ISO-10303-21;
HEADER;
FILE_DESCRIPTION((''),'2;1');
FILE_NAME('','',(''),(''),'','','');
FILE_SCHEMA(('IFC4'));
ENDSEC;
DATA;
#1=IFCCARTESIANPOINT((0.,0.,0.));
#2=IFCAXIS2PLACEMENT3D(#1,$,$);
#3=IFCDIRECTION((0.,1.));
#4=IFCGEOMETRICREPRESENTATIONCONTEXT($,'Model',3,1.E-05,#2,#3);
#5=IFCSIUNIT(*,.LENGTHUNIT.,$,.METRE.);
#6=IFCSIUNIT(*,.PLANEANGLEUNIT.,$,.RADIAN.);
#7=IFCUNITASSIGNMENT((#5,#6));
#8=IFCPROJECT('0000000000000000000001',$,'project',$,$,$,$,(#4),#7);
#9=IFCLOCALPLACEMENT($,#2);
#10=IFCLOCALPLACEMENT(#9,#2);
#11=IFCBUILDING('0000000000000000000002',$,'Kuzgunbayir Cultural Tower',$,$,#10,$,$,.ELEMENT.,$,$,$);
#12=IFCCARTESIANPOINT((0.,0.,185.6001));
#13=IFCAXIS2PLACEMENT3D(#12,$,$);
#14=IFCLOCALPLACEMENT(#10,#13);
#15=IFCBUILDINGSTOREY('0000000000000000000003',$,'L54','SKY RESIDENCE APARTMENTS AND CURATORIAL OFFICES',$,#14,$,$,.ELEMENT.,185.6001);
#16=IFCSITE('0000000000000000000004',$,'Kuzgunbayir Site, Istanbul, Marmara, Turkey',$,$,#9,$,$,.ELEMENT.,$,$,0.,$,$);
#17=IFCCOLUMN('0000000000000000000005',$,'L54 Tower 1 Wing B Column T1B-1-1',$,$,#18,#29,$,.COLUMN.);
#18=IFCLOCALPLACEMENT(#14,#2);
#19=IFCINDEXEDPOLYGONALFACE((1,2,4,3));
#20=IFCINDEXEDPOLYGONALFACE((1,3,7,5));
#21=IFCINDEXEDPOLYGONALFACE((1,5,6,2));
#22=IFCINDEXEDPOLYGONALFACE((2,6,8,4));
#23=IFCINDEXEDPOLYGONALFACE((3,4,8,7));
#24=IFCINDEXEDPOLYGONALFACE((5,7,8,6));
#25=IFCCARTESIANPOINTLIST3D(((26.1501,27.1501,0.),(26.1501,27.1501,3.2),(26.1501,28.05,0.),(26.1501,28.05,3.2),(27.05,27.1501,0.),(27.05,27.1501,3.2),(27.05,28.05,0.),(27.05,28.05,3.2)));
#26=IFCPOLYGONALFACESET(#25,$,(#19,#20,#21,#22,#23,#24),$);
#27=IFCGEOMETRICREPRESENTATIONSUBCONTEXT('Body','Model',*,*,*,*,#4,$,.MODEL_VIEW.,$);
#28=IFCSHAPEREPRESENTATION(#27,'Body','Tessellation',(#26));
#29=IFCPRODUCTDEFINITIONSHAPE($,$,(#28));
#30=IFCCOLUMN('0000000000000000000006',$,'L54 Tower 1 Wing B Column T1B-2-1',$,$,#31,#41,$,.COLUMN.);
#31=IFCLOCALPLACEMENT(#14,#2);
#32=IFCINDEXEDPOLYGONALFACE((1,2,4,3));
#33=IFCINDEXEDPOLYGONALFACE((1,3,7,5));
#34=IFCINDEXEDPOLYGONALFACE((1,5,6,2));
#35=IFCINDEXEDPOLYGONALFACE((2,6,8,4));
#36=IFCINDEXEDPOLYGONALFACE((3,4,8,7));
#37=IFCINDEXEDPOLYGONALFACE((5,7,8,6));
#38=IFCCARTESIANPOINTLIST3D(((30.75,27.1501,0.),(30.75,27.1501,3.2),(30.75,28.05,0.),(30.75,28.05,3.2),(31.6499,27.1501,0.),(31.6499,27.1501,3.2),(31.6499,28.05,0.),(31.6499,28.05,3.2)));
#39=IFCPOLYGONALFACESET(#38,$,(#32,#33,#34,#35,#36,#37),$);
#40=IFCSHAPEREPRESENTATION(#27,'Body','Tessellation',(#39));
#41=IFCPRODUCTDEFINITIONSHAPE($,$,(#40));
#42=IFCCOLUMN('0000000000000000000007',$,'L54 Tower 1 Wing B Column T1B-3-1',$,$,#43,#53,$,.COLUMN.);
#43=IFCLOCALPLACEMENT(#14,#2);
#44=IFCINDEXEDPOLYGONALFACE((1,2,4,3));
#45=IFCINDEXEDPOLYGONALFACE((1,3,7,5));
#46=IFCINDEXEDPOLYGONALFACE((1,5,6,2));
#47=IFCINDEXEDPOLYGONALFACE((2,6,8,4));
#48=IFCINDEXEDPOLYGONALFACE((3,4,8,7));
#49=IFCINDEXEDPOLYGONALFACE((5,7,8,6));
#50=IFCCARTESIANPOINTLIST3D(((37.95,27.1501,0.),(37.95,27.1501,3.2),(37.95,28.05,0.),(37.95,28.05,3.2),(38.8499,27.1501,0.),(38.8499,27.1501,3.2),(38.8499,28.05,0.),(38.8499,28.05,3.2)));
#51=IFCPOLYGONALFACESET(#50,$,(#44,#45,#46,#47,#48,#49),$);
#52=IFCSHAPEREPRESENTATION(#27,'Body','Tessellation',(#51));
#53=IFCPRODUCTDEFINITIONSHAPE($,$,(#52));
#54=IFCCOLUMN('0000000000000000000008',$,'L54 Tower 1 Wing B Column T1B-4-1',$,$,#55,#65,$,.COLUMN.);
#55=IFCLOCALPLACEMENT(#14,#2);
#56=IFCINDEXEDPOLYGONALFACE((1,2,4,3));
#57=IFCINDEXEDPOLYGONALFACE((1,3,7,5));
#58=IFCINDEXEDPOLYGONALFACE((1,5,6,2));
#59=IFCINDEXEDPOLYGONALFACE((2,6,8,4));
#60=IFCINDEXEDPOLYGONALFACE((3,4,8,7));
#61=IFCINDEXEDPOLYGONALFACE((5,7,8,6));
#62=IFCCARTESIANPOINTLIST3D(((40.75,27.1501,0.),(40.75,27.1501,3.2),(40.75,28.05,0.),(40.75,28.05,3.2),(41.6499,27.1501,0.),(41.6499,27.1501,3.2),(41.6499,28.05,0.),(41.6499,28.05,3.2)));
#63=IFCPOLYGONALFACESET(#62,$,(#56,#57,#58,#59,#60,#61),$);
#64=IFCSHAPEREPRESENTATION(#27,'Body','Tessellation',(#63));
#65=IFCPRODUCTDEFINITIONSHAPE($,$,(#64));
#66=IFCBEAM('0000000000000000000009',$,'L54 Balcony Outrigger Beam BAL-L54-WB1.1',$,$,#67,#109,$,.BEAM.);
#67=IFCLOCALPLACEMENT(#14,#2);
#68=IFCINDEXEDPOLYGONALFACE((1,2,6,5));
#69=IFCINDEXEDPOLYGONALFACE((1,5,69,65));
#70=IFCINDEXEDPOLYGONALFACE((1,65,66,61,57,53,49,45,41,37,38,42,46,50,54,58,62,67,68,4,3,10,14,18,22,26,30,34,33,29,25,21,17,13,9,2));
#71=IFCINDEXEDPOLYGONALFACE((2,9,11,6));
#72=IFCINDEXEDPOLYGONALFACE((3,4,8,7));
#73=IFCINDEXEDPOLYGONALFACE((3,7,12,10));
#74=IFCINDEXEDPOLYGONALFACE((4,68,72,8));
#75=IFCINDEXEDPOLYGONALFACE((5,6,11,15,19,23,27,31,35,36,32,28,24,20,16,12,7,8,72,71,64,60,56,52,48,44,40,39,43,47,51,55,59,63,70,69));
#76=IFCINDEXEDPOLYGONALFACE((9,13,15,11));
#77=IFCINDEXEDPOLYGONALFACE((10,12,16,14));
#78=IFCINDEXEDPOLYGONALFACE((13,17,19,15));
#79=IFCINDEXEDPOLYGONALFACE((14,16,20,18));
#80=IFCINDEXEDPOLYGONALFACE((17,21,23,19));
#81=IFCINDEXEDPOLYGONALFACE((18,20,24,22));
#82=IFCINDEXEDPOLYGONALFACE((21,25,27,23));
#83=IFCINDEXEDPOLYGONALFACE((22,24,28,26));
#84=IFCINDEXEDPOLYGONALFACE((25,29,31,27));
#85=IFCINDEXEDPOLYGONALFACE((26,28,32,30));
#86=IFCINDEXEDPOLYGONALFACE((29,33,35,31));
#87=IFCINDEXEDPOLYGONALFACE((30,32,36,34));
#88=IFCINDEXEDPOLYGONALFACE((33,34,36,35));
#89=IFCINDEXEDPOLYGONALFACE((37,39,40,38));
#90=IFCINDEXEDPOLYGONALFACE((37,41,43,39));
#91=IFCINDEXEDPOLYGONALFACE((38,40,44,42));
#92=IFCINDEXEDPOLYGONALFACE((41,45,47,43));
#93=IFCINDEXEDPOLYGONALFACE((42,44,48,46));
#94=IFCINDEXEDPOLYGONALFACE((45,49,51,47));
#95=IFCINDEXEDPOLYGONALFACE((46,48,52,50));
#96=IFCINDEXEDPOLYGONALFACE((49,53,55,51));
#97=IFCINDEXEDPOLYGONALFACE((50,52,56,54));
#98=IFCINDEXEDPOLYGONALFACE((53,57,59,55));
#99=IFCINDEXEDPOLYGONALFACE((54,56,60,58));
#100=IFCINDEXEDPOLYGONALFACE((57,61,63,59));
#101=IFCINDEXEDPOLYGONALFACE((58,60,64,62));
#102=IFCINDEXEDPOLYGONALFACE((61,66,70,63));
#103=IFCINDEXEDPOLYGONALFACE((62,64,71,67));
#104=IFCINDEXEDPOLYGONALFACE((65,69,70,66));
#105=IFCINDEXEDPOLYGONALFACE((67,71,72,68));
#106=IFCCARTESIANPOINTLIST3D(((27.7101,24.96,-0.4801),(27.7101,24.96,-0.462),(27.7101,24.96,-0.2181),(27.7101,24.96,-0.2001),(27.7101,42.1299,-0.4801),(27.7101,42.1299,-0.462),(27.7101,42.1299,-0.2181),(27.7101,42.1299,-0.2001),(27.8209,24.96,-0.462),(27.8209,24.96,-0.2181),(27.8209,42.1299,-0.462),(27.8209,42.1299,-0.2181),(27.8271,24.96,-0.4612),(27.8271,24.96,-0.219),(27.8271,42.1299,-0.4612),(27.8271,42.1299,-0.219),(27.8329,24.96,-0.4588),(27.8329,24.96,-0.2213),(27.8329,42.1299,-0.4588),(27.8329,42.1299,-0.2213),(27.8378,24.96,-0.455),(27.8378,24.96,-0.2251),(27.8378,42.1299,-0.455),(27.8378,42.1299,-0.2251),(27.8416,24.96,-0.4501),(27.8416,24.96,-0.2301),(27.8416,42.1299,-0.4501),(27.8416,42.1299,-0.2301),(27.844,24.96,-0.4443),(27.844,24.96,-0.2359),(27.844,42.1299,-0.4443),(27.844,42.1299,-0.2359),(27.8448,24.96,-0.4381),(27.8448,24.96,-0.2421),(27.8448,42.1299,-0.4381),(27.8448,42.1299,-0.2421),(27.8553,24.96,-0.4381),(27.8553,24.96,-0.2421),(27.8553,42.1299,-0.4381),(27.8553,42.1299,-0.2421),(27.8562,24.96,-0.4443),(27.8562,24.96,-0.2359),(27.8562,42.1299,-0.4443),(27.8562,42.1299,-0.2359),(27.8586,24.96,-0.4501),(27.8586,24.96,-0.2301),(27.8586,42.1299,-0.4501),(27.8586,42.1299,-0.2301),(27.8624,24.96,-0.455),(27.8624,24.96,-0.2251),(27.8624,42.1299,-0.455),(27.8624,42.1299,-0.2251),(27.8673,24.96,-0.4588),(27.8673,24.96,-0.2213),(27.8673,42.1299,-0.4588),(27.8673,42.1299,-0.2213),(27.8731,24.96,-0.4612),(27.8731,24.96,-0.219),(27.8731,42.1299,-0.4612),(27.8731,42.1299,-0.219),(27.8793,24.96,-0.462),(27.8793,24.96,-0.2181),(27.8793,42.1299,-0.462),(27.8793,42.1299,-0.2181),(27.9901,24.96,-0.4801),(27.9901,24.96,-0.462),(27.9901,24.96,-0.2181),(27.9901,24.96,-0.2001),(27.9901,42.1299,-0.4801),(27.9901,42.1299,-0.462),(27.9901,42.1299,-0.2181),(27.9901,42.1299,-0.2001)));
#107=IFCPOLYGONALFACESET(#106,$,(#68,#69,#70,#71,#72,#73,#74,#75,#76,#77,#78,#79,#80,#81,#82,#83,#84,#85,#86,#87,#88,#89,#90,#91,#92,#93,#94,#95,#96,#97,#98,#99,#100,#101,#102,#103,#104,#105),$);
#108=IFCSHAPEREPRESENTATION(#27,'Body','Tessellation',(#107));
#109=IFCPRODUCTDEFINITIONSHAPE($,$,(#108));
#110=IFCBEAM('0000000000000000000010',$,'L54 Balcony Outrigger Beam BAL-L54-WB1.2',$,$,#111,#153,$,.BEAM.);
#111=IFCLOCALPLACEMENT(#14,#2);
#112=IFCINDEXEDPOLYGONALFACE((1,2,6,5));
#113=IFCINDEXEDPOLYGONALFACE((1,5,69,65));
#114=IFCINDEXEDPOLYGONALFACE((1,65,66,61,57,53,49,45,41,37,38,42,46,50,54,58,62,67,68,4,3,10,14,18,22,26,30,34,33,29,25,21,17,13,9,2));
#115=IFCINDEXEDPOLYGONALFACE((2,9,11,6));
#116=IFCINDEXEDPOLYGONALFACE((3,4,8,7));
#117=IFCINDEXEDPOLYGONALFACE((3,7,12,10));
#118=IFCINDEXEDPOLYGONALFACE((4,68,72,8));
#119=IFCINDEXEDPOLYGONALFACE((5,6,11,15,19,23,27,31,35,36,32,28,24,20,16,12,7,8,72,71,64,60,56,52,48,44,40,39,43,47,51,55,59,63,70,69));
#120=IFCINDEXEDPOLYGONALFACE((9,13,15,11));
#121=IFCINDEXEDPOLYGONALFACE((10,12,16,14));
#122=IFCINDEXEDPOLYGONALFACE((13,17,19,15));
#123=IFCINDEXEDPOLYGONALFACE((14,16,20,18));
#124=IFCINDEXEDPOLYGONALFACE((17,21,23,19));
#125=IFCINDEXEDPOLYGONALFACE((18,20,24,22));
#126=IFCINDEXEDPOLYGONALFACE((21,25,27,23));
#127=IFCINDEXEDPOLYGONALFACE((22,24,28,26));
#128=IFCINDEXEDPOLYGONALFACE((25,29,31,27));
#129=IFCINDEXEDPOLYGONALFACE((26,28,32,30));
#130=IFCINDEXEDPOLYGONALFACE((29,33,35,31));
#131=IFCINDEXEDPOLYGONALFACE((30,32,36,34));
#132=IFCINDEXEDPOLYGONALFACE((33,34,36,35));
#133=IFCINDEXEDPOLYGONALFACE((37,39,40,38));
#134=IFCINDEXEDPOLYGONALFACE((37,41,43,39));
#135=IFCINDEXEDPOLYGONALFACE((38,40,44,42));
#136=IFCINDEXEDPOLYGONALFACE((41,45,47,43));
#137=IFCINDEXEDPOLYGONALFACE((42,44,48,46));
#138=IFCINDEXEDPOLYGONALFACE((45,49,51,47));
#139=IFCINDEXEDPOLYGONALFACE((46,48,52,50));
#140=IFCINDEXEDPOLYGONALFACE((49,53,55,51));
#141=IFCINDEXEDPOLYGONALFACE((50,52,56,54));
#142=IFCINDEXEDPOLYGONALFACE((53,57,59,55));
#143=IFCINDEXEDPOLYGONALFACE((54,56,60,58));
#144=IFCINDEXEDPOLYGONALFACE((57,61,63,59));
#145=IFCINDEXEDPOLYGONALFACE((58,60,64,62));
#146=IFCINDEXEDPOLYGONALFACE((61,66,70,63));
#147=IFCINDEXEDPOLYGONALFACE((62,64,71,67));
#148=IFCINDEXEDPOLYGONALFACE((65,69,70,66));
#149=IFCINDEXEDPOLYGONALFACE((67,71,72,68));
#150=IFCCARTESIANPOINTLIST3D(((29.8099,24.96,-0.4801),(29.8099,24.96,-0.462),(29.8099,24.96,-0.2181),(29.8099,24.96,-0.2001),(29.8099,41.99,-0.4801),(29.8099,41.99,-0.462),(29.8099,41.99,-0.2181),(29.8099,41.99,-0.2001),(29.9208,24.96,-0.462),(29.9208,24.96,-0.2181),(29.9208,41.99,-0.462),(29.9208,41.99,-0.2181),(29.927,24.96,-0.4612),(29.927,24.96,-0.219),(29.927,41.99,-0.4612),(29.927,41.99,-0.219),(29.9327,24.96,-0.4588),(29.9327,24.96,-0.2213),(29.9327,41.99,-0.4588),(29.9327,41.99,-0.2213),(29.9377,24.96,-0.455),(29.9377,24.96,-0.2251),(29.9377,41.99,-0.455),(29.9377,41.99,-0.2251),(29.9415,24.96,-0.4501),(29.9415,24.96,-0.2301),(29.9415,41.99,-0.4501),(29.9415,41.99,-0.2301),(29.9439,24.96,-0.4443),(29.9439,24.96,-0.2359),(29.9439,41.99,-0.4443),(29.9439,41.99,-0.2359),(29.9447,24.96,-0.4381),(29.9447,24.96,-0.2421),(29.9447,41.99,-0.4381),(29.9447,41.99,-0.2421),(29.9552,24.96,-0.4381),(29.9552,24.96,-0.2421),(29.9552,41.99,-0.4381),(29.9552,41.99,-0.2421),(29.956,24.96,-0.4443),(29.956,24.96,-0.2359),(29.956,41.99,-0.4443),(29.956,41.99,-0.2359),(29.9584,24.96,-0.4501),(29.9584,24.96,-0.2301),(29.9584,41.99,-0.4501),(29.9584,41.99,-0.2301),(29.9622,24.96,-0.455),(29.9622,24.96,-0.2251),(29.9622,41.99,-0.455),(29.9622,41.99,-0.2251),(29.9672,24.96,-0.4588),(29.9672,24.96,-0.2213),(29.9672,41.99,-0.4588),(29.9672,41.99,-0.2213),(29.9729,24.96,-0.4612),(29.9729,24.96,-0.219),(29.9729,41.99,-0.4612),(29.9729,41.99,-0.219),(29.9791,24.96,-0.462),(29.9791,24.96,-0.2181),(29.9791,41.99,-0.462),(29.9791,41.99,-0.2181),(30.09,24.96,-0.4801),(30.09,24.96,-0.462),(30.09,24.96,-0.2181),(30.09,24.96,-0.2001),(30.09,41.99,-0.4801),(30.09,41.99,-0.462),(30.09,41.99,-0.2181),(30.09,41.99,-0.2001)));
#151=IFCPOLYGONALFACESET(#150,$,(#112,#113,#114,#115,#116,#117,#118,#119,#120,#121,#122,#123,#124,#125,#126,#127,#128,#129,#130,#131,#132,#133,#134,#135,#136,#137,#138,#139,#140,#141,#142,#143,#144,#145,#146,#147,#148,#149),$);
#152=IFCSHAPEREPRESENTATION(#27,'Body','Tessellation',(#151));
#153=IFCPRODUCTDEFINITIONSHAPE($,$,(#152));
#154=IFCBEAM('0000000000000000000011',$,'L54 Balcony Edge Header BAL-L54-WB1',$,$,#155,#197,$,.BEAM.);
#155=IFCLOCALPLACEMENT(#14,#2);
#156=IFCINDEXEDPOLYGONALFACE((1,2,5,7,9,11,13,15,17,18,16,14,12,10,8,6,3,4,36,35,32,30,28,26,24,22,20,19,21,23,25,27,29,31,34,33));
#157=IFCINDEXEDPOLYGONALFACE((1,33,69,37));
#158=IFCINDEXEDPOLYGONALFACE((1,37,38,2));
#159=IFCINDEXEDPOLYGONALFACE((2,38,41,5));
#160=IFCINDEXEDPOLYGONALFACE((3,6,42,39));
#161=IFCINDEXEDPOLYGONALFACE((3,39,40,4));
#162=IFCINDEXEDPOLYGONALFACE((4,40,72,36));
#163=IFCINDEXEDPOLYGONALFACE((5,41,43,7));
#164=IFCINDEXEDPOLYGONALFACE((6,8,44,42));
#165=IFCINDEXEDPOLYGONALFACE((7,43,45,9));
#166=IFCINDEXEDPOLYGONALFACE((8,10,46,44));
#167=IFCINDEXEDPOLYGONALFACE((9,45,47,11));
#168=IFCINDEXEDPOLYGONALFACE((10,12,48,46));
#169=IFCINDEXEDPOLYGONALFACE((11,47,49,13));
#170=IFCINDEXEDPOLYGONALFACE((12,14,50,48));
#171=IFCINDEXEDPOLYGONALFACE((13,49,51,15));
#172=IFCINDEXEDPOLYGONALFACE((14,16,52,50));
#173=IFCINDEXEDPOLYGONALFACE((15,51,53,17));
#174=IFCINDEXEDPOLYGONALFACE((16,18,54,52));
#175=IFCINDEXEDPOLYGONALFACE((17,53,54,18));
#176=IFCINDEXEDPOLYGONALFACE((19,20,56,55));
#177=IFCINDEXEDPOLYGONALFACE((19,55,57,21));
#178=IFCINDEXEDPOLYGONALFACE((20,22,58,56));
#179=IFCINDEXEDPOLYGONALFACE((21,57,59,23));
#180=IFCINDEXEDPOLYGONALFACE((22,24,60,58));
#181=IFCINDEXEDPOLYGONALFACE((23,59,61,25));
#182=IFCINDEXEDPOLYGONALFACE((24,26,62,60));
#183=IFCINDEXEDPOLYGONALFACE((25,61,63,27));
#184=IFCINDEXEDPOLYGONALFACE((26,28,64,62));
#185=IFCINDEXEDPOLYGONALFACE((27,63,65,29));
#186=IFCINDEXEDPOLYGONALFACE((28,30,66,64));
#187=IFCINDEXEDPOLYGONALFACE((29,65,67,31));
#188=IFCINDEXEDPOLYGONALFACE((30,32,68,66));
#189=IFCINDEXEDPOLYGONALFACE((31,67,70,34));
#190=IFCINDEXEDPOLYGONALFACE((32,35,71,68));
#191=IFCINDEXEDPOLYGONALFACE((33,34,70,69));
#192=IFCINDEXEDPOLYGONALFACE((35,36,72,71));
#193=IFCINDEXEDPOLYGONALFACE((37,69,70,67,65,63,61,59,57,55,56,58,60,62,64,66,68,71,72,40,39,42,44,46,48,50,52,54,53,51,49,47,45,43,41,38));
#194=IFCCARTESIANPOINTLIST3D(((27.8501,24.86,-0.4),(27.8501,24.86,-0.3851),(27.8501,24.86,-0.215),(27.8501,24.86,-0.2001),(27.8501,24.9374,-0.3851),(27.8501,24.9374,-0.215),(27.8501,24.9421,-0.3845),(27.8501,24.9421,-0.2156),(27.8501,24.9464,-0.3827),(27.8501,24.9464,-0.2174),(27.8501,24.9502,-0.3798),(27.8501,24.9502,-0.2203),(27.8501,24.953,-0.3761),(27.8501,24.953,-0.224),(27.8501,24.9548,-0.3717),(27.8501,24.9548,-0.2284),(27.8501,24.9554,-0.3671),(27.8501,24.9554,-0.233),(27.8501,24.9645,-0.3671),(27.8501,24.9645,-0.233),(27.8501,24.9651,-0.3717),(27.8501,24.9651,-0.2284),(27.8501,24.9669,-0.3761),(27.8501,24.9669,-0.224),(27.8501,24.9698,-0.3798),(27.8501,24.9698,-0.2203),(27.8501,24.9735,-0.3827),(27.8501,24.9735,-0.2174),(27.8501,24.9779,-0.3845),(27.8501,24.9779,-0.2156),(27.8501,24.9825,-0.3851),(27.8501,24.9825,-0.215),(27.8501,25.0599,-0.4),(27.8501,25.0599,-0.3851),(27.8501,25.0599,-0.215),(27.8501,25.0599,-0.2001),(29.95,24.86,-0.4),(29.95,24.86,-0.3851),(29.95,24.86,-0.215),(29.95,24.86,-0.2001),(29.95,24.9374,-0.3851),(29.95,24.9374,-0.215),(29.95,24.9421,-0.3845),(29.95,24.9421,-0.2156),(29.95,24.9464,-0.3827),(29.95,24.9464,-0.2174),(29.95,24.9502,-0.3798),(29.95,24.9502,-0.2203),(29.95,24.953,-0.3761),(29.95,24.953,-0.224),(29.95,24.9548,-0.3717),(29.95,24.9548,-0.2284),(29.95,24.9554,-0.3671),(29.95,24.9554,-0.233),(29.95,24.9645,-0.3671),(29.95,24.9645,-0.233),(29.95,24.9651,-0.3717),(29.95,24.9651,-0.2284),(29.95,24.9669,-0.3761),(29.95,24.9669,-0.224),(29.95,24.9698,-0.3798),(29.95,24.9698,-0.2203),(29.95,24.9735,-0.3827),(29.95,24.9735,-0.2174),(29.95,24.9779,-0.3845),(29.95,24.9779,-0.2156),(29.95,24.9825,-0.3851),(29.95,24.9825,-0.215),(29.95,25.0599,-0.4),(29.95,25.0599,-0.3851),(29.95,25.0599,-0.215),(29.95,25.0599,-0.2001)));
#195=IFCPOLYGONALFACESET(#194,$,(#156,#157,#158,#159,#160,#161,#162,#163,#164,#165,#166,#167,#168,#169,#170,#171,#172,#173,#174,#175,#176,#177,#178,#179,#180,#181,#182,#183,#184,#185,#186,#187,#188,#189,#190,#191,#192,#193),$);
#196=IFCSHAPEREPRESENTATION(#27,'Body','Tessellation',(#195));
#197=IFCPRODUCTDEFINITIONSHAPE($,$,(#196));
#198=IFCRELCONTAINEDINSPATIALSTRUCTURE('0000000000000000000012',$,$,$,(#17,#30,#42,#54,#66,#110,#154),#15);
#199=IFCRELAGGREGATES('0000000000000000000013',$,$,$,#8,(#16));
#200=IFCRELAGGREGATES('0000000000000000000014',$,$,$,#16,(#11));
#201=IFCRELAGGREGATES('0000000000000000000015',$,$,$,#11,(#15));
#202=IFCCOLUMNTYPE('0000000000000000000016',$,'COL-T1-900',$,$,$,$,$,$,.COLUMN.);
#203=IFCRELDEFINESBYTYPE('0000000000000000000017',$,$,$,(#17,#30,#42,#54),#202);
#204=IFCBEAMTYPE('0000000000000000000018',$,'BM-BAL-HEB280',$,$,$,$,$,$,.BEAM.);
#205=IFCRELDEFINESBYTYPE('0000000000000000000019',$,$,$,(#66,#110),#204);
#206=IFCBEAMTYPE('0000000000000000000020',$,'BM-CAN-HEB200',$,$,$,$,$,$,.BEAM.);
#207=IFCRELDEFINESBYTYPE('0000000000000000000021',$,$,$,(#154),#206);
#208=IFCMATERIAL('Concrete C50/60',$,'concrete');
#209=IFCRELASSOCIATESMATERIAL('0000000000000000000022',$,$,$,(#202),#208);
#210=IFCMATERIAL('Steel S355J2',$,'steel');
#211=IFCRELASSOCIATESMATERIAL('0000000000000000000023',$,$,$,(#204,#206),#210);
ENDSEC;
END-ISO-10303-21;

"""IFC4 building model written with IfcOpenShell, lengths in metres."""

from ifc_helpers import new_model, si_unit, direction, frame, origin, origin_2d, place, context, subcontext, project, spatial, rectangle, i_section, extrude, material, material_profile, profile_set, type_object, element, save


model = new_model("IFC4")

# Units and contexts
model_context = context("Model", 3, precision=1e-05, world=origin(), true_north=direction((0.0, 1.0)))
body_context = subcontext(model_context, "Body", "Model", "MODEL_VIEW")
ifc_project = project(units=[si_unit("LENGTHUNIT", "METRE"), si_unit("PLANEANGLEUNIT", "RADIAN")], contexts=[model_context])

# Site, building, storey
site_placement = place(None, origin())
site = spatial("IfcSite", under=ifc_project, at=site_placement, Name="Kuzgunbayir Site, Istanbul, Marmara, Turkey", CompositionType="ELEMENT", RefElevation=0.0)
building_placement = place(site_placement, origin())
building = spatial("IfcBuilding", under=site, at=building_placement, Name="Kuzgunbayir Cultural Tower", CompositionType="ELEMENT")
storey_placement = place(building_placement, frame((0.0, 0.0, 185.6001)))
storey = spatial("IfcBuildingStorey", under=building, at=storey_placement, Name="L54", Description="SKY RESIDENCE APARTMENTS AND CURATORIAL OFFICES", CompositionType="ELEMENT", Elevation=185.6001)

# Columns
ifc_material_1 = material(Name="Concrete C50/60", Category="concrete")
ifc_material_profile_1 = material_profile(ifc_material_1, rectangle(XDim=0.8999, YDim=0.8999, at=origin_2d()), Name="RC 900x900")
ifc_profile_set_1 = profile_set([ifc_material_profile_1], Name="Concrete C50/60")
column_type = type_object("IfcColumnType", Name="COL-T1-900", PredefinedType="COLUMN", material=ifc_profile_set_1)
for number, where, z_axis, x_axis, name in (
    (1, (26.6001, 27.6001, 0.0), (0.0, 0.0, 1.0), (1.0, 0.0, 0.0), "L54 Tower 1 Wing B Column T1B-1-1"),
    (2, (31.2, 27.6001, 0.0), (0.0, 0.0, 1.0), (1.0, 0.0, 0.0), "L54 Tower 1 Wing B Column T1B-2-1"),
    (3, (38.3999, 27.6001, 0.0), (0.0, 0.0, 1.0), (1.0, 0.0, 0.0), "L54 Tower 1 Wing B Column T1B-3-1"),
    (4, (41.2, 27.6001, 0.0), (0.0, 0.0, 1.0), (1.0, 0.0, 0.0), "L54 Tower 1 Wing B Column T1B-4-1"),
):
    element("IfcColumn", number, at=place(storey_placement, frame(where, z_axis=z_axis, x_axis=x_axis)), inside=storey, type_object=column_type, Name=name, PredefinedType="COLUMN", context=body_context, shape_type="SweptSolid", body=[
        extrude(rectangle(XDim=0.8999, YDim=0.8999, at=origin_2d()), origin(), (0.0, 0.0, 1.0), 3.2),
    ])

# Beams
ifc_material_2 = material(Name="Steel S355J2", Category="steel")
ifc_material_profile_2 = material_profile(ifc_material_2, i_section(OverallWidth=0.28, OverallDepth=0.28, WebThickness=0.0105, FlangeThickness=0.0181, FilletRadius=0.0239, at=origin_2d()), Name="HEB 280")
ifc_profile_set_2 = profile_set([ifc_material_profile_2], Name="Steel S355J2")
beam_type_1 = type_object("IfcBeamType", Name="BM-BAL-HEB280", PredefinedType="BEAM", material=ifc_profile_set_2)
beam_1_placement = place(storey_placement, frame((27.8501, 24.96, -0.3401), z_axis=(0.0, 1.0, 0.0), x_axis=(-1.0, 0.0, 0.0)))
element("IfcBeam", 5, at=beam_1_placement, inside=storey, type_object=beam_type_1, Name="L54 Balcony Outrigger Beam BAL-L54-WB1.1", PredefinedType="BEAM", context=body_context, shape_type="SweptSolid", body=[
    extrude(i_section(OverallWidth=0.28, OverallDepth=0.28, WebThickness=0.0105, FlangeThickness=0.0181, FilletRadius=0.0239, at=origin_2d()), origin(), (0.0, 0.0, 1.0), 17.1699),
])
beam_2_placement = place(storey_placement, frame((29.95, 24.96, -0.3401), z_axis=(0.0, 1.0, 0.0), x_axis=(-1.0, 0.0, 0.0)))
element("IfcBeam", 6, at=beam_2_placement, inside=storey, type_object=beam_type_1, Name="L54 Balcony Outrigger Beam BAL-L54-WB1.2", PredefinedType="BEAM", context=body_context, shape_type="SweptSolid", body=[
    extrude(i_section(OverallWidth=0.28, OverallDepth=0.28, WebThickness=0.0105, FlangeThickness=0.0181, FilletRadius=0.0239, at=origin_2d()), origin(), (0.0, 0.0, 1.0), 17.03),
])
ifc_material_profile_3 = material_profile(ifc_material_2, i_section(OverallWidth=0.2, OverallDepth=0.2, WebThickness=0.009, FlangeThickness=0.0149, FilletRadius=0.0181, at=origin_2d()), Name="HEB 200")
ifc_profile_set_3 = profile_set([ifc_material_profile_3], Name="Steel S355J2")
beam_type_2 = type_object("IfcBeamType", Name="BM-CAN-HEB200", PredefinedType="BEAM", material=ifc_profile_set_3)
beam_3_placement = place(storey_placement, frame((27.8501, 24.96, -0.3), z_axis=(1.0, 0.0, 0.0), x_axis=(0.0, 1.0, 0.0)))
element("IfcBeam", 7, at=beam_3_placement, inside=storey, type_object=beam_type_2, Name="L54 Balcony Edge Header BAL-L54-WB1", PredefinedType="BEAM", context=body_context, shape_type="SweptSolid", body=[
    extrude(i_section(OverallWidth=0.2, OverallDepth=0.2, WebThickness=0.009, FlangeThickness=0.0149, FilletRadius=0.0181, at=origin_2d()), origin(), (0.0, 0.0, 1.0), 2.0999),
])

save(model, "model.ifc")
